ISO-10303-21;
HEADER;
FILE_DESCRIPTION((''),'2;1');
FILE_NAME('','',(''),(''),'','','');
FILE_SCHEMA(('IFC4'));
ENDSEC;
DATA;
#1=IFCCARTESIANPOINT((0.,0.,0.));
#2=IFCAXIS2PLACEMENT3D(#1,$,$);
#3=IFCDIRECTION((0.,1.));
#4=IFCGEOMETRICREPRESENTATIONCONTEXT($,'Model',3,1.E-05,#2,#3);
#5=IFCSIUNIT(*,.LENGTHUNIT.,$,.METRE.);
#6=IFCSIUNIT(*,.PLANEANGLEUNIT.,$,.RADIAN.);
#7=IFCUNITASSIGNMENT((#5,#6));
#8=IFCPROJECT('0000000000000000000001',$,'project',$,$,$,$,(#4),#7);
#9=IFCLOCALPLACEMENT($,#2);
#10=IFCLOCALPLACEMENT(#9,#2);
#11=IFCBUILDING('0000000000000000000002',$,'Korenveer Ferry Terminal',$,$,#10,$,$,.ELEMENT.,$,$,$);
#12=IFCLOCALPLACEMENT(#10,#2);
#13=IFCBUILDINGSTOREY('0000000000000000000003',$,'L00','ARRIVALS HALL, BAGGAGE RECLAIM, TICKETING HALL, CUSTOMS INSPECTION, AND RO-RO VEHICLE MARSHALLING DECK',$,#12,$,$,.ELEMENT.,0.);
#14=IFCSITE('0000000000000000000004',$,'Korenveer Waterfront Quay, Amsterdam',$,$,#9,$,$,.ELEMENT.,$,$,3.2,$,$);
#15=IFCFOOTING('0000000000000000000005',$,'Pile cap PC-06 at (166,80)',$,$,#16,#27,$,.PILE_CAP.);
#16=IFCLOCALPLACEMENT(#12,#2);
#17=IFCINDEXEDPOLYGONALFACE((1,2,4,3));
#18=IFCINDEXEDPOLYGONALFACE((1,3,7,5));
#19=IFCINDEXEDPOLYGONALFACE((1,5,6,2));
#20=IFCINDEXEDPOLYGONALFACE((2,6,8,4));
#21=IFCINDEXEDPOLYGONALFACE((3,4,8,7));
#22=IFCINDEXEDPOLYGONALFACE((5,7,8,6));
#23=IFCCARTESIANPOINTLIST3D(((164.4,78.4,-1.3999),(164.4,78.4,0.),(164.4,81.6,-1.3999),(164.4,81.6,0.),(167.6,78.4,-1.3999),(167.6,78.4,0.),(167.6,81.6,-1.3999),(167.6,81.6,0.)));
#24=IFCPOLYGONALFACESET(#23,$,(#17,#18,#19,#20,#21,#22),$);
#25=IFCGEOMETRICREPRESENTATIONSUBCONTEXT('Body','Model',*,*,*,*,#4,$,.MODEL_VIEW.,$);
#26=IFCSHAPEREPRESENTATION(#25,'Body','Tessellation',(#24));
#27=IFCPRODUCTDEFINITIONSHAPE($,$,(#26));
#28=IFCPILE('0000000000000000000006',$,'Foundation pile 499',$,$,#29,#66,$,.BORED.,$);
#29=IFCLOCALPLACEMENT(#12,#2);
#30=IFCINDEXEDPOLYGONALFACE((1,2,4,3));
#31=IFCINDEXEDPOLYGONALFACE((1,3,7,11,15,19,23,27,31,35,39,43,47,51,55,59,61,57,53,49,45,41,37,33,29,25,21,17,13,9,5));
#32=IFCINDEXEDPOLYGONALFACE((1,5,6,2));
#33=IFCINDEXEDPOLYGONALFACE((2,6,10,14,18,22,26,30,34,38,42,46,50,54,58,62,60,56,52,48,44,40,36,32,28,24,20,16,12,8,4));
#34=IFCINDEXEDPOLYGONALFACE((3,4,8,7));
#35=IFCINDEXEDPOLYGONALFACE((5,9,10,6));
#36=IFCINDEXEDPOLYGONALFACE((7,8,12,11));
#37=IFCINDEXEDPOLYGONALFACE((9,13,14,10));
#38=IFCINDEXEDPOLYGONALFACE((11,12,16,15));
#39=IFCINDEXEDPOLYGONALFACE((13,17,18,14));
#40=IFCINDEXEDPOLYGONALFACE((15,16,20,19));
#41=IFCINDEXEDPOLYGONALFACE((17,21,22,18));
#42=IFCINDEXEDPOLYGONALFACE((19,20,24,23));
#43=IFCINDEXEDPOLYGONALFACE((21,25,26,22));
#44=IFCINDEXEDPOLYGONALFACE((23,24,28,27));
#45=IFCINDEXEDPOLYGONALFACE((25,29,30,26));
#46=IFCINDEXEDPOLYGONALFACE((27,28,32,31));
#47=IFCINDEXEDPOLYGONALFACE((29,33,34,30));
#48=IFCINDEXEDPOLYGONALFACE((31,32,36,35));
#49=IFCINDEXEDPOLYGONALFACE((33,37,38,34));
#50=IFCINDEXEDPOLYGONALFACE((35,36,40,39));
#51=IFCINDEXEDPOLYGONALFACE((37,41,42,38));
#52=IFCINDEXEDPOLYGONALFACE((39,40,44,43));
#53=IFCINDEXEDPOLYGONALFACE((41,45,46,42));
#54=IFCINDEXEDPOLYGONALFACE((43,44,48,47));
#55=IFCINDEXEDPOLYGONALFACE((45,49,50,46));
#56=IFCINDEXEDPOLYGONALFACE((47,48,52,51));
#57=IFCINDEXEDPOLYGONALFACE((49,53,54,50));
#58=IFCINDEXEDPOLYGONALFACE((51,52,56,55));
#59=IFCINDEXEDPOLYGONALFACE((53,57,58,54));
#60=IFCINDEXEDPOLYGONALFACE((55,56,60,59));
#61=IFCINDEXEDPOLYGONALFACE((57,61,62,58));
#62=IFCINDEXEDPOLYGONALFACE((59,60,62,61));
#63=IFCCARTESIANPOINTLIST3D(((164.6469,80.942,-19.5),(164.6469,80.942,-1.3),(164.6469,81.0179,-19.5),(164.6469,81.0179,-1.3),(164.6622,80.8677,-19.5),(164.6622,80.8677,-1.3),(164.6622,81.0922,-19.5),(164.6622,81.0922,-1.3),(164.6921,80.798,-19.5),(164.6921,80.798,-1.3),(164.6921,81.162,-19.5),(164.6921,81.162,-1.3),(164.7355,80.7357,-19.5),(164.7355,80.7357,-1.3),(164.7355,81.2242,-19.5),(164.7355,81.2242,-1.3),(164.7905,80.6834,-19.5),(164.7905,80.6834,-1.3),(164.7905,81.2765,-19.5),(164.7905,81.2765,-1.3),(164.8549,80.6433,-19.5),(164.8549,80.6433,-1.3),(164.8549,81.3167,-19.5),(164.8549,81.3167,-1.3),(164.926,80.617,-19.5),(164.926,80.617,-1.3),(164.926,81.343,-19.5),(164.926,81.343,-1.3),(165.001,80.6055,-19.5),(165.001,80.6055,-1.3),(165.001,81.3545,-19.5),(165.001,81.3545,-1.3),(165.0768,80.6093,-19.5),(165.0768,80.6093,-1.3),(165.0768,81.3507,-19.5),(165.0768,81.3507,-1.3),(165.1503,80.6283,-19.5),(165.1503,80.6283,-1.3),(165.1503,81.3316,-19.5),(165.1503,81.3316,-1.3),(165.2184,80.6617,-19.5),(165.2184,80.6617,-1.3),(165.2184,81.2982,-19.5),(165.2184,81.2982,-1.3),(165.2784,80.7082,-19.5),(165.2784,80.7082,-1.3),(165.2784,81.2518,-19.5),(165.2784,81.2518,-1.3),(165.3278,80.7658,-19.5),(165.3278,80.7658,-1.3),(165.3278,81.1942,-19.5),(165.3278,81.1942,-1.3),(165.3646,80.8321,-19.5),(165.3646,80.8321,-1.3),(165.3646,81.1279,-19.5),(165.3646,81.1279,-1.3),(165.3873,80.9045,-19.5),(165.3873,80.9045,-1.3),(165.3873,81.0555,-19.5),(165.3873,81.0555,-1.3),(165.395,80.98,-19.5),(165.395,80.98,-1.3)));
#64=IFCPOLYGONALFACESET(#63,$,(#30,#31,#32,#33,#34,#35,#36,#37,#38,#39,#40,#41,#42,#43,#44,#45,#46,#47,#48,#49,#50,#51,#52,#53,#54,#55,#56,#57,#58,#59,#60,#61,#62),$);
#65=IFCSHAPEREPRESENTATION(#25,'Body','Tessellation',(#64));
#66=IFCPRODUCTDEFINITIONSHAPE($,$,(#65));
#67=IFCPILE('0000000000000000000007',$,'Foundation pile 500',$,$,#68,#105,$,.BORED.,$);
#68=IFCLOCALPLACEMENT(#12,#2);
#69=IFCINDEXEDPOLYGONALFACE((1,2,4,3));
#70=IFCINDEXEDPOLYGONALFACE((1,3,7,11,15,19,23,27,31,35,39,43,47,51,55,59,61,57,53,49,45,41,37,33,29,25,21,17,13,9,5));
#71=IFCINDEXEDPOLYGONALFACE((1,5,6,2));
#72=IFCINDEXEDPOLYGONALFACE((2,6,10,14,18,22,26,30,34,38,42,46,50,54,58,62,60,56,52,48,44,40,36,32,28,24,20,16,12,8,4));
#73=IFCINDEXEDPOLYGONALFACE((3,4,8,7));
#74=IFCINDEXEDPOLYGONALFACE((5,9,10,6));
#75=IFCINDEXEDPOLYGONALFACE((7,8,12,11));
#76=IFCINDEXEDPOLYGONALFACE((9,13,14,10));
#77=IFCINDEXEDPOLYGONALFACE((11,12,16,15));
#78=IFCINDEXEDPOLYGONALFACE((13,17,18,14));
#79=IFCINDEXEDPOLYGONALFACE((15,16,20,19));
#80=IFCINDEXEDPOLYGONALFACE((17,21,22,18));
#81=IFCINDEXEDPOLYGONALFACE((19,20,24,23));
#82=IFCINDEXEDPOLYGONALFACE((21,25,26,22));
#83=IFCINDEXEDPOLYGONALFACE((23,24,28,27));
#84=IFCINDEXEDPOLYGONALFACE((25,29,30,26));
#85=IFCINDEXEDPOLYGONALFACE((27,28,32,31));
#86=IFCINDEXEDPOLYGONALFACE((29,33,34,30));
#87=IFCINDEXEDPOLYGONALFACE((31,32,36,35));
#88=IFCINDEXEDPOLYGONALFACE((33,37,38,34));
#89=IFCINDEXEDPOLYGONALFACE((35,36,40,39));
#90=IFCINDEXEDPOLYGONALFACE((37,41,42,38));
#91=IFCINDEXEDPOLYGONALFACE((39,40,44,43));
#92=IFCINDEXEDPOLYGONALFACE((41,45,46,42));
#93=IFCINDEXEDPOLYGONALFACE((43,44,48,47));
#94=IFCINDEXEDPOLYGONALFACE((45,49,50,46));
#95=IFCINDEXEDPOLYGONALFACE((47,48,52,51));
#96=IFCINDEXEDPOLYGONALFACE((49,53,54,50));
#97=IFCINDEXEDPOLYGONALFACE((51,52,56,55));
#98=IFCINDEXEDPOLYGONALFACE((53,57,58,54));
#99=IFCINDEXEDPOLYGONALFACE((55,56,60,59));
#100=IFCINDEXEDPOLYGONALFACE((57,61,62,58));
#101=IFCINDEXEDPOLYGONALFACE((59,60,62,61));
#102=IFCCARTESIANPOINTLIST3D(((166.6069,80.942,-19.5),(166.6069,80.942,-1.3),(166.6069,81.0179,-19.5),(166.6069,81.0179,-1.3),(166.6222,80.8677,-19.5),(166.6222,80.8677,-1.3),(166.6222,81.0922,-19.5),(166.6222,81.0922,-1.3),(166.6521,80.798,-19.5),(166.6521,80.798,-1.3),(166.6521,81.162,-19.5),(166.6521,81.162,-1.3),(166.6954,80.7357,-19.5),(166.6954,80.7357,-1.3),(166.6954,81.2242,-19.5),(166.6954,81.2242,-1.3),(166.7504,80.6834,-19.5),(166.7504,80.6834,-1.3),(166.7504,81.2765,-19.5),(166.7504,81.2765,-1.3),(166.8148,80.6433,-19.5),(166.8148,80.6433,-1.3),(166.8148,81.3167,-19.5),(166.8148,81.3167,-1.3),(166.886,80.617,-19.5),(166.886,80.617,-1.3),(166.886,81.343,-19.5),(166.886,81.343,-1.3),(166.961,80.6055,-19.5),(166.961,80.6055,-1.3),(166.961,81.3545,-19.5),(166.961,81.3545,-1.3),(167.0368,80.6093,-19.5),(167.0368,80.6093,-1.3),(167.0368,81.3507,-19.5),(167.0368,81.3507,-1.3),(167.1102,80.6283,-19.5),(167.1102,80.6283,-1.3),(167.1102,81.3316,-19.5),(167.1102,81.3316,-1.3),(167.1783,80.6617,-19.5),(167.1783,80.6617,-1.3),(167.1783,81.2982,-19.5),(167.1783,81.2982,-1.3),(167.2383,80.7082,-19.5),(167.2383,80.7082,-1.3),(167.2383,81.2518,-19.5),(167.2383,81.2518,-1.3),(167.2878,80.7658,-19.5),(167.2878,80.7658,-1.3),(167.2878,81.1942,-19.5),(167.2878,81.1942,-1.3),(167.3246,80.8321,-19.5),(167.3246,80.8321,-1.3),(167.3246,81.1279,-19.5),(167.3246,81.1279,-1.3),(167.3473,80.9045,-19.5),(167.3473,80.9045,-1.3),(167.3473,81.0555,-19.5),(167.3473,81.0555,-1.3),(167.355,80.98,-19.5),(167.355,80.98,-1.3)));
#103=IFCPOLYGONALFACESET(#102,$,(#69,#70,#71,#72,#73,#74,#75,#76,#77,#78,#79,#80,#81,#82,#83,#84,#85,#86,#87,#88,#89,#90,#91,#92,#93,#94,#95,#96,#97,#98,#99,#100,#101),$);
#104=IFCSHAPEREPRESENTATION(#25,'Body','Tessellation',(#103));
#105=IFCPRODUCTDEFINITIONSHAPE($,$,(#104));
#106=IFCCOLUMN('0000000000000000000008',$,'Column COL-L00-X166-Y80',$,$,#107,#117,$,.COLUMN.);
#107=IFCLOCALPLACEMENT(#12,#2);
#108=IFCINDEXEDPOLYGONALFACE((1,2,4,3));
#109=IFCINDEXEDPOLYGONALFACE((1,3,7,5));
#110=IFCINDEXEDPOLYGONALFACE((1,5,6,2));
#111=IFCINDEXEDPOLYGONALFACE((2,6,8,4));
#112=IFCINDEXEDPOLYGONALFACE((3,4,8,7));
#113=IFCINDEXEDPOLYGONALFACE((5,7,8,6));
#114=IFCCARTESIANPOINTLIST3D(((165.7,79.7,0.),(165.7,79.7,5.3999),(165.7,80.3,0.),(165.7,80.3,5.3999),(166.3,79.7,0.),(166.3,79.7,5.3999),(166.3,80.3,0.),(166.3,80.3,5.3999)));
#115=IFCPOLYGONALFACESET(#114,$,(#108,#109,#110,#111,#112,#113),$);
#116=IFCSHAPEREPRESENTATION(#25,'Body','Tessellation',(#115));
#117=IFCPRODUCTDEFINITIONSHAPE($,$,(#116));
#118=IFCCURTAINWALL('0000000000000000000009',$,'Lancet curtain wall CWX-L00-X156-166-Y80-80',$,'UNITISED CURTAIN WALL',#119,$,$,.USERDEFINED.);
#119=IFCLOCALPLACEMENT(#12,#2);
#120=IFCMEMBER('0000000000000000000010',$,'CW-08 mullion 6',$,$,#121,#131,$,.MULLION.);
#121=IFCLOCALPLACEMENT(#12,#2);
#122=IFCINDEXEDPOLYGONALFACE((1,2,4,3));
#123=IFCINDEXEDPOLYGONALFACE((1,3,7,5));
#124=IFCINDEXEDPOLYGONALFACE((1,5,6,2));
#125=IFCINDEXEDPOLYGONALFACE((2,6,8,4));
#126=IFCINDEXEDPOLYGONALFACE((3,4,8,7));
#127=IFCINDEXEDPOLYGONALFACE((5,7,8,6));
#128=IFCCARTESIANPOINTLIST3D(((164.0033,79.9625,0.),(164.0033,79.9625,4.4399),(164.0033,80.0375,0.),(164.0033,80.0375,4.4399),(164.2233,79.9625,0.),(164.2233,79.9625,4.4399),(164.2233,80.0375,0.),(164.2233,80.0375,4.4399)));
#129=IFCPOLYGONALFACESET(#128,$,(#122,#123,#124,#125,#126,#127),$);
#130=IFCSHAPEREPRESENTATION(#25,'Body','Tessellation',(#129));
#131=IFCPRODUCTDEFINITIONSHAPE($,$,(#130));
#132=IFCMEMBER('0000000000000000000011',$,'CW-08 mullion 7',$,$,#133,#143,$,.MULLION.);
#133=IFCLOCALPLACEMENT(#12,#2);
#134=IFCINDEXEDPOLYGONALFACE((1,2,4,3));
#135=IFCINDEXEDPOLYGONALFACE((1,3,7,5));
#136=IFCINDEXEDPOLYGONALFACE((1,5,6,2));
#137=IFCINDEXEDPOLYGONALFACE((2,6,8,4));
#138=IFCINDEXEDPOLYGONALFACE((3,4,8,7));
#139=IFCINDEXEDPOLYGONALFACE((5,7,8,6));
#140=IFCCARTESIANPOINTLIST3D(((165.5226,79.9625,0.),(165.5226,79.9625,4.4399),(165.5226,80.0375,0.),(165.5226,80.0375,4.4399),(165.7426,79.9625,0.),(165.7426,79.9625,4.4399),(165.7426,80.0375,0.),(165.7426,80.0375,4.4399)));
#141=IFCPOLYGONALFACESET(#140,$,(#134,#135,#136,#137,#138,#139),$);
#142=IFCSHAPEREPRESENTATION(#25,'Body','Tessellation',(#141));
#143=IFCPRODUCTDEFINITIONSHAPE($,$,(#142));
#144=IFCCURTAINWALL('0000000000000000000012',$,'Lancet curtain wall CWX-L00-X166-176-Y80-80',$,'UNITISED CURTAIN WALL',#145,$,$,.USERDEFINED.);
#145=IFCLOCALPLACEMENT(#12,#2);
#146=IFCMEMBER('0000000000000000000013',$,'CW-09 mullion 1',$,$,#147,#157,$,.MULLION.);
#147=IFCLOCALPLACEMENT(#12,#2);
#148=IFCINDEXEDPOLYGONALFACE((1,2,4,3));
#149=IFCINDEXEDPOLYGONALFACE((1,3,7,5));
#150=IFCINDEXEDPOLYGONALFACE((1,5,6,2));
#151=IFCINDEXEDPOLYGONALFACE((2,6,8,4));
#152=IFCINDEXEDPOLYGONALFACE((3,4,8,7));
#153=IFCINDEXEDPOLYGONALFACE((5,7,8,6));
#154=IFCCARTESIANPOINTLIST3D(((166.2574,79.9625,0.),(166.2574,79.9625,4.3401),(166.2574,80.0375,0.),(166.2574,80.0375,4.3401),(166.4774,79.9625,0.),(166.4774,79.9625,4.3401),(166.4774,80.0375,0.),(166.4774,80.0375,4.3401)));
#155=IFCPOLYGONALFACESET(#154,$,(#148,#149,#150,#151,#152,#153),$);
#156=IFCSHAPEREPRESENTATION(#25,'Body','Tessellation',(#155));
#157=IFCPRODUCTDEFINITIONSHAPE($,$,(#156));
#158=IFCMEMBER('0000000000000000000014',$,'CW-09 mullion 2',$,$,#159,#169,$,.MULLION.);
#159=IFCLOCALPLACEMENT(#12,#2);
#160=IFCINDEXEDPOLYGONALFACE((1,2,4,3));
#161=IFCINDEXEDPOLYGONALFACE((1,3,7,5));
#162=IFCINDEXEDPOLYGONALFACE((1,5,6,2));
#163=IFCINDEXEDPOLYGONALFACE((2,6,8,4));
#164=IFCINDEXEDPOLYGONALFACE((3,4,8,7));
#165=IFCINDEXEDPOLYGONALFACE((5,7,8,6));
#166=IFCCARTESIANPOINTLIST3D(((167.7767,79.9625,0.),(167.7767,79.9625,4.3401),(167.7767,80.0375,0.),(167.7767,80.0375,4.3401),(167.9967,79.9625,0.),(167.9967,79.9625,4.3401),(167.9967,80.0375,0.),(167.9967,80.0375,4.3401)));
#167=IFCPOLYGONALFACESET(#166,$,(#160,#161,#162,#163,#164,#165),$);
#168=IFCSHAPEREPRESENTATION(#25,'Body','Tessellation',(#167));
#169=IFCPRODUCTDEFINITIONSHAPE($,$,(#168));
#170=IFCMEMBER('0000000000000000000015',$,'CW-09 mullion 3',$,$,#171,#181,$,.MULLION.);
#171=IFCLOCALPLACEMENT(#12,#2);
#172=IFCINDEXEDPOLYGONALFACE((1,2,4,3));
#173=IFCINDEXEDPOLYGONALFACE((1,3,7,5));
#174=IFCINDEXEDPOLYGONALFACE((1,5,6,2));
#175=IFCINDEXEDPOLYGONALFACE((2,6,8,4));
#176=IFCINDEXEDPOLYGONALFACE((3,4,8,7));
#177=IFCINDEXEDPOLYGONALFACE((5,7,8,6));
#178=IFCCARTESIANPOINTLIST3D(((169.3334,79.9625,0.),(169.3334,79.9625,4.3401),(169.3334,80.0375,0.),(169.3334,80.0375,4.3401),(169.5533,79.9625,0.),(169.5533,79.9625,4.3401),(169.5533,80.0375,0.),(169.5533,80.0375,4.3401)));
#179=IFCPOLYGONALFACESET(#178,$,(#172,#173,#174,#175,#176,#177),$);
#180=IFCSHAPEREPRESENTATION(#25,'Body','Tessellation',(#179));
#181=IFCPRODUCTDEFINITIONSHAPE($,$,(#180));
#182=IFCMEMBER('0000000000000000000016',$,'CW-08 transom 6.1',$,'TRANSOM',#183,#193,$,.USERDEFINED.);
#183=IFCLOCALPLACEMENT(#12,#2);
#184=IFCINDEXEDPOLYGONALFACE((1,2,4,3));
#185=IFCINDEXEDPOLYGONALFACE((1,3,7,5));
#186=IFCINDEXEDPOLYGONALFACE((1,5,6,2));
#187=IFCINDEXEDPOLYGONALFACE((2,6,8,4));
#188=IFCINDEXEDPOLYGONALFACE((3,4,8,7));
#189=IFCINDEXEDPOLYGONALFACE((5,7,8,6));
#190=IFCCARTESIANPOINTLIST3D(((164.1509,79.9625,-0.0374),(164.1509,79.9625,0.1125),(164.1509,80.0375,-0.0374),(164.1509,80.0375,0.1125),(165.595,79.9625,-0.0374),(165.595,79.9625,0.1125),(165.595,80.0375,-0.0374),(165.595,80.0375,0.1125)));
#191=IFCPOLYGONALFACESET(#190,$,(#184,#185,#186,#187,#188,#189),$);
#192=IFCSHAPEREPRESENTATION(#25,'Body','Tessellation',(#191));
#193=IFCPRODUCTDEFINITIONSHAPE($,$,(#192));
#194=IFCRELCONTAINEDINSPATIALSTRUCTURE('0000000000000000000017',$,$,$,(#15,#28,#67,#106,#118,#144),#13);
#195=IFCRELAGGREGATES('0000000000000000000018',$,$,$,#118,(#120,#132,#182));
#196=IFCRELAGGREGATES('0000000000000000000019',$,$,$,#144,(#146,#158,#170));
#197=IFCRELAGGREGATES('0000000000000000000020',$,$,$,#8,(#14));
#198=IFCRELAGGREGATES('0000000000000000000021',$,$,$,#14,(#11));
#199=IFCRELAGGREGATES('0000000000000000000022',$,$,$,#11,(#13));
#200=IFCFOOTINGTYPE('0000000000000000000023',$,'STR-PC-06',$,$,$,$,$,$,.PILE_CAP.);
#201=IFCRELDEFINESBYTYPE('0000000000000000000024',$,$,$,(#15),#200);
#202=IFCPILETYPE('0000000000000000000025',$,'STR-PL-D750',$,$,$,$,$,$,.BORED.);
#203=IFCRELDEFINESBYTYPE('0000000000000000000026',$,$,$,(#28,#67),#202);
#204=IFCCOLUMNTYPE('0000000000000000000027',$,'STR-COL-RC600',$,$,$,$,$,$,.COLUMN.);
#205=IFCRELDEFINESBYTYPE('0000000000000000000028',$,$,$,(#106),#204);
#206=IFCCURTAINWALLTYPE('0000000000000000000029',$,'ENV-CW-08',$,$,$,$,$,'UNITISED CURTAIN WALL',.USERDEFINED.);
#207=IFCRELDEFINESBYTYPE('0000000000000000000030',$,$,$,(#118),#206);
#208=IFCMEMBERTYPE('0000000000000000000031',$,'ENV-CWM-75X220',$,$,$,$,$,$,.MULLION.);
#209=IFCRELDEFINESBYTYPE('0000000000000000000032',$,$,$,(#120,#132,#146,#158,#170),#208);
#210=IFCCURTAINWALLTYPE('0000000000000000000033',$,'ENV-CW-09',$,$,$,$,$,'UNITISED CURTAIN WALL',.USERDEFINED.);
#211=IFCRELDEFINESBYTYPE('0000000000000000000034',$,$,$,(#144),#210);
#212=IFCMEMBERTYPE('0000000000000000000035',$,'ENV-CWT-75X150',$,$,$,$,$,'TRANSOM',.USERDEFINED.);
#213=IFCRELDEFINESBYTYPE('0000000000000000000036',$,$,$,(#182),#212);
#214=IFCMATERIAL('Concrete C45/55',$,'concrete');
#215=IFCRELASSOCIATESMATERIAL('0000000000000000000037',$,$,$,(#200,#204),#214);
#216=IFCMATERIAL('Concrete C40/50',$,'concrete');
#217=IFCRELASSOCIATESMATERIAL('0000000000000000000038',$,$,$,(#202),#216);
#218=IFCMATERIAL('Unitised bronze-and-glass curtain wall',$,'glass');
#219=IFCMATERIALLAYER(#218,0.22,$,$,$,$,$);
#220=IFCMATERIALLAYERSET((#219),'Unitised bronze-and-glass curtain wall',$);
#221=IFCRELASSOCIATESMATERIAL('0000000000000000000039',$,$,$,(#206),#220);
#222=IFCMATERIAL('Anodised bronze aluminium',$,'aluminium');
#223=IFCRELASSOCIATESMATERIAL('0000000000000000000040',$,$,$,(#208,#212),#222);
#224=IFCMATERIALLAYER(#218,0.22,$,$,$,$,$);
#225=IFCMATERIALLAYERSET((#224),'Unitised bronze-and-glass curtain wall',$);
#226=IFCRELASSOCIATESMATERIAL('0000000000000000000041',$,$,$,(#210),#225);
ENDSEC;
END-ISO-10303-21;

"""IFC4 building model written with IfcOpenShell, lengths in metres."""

from ifc_helpers import new_model, si_unit, direction, frame, origin, origin_2d, place, context, subcontext, project, spatial, rectangle, circle, extrude, material, layer, layer_set, material_profile, profile_set, type_object, element, aggregate, save


model = new_model("IFC4")

# Units and contexts
model_context = context("Model", 3, precision=1e-05, world=origin(), true_north=direction((0.0, 1.0)))
body_context = subcontext(model_context, "Body", "Model", "MODEL_VIEW")
ifc_project = project(units=[si_unit("LENGTHUNIT", "METRE"), si_unit("PLANEANGLEUNIT", "RADIAN")], contexts=[model_context])

# Site, building, storey
site_placement = place(None, origin())
site = spatial("IfcSite", under=ifc_project, at=site_placement, Name="Korenveer Waterfront Quay, Amsterdam", CompositionType="ELEMENT", RefElevation=3.2)
building_placement = place(site_placement, origin())
building = spatial("IfcBuilding", under=site, at=building_placement, Name="Korenveer Ferry Terminal", CompositionType="ELEMENT")
storey_placement = place(building_placement, origin())
storey = spatial("IfcBuildingStorey", under=building, at=storey_placement, Name="L00", Description="ARRIVALS HALL, BAGGAGE RECLAIM, TICKETING HALL, CUSTOMS INSPECTION, AND RO-RO VEHICLE MARSHALLING DECK", CompositionType="ELEMENT", Elevation=0.0)

# Footing
ifc_material_1 = material(Name="Concrete C45/55", Category="concrete")
footing_type = type_object("IfcFootingType", Name="STR-PC-06", PredefinedType="PILE_CAP", material=ifc_material_1)
footing_placement = place(storey_placement, frame((166.0, 80.0, -1.3999), z_axis=(0.0, 0.0, 1.0), x_axis=(1.0, 0.0, 0.0)))
element("IfcFooting", 1, at=footing_placement, inside=storey, type_object=footing_type, Name="Pile cap PC-06 at (166,80)", PredefinedType="PILE_CAP", context=body_context, shape_type="SweptSolid", body=[
    extrude(rectangle(XDim=3.2, YDim=3.2, at=origin_2d()), origin(), (0.0, 0.0, 1.0), 1.3999),
])

# Piles
ifc_material_2 = material(Name="Concrete C40/50", Category="concrete")
ifc_material_profile_1 = material_profile(ifc_material_2, circle(Radius=0.375, at=origin_2d()), Name="PILE D750")
ifc_profile_set_1 = profile_set([ifc_material_profile_1], Name="Concrete C40/50")
pile_type = type_object("IfcPileType", Name="STR-PL-D750", PredefinedType="BORED", material=ifc_profile_set_1)
for number, where, z_axis, x_axis, name in (
    (2, (165.02, 80.98, -1.3), (0.0, 0.0, -1.0), (1.0, 0.0, 0.0), "Foundation pile 499"),
    (3, (166.98, 80.98, -1.3), (0.0, 0.0, -1.0), (1.0, 0.0, 0.0), "Foundation pile 500"),
):
    element("IfcPile", number, at=place(storey_placement, frame(where, z_axis=z_axis, x_axis=x_axis)), inside=storey, type_object=pile_type, Name=name, PredefinedType="BORED", context=body_context, shape_type="SweptSolid", body=[
        extrude(circle(Radius=0.375, at=origin_2d()), origin(), (0.0, 0.0, 1.0), 18.2),
    ])

# Column
ifc_material_profile_2 = material_profile(ifc_material_1, rectangle(XDim=0.6001, YDim=0.6001, at=origin_2d()), Name="RC 600x600")
ifc_profile_set_2 = profile_set([ifc_material_profile_2], Name="Concrete C45/55")
column_type = type_object("IfcColumnType", Name="STR-COL-RC600", PredefinedType="COLUMN", material=ifc_profile_set_2)
column_placement = place(storey_placement, frame((166.0, 80.0, 0.0), z_axis=(0.0, 0.0, 1.0), x_axis=(1.0, 0.0, 0.0)))
element("IfcColumn", 4, at=column_placement, inside=storey, type_object=column_type, Name="Column COL-L00-X166-Y80", PredefinedType="COLUMN", context=body_context, shape_type="SweptSolid", body=[
    extrude(rectangle(XDim=0.6001, YDim=0.6001, at=origin_2d()), origin(), (0.0, 0.0, 1.0), 5.3999),
])

# Curtain walls, members
ifc_material_3 = material(Name="Unitised bronze-and-glass curtain wall", Category="glass")
ifc_layer_1 = layer(ifc_material_3, 0.22)
ifc_layer_set_1 = layer_set([ifc_layer_1], Name="Unitised bronze-and-glass curtain wall")
curtain_wall_type_1 = type_object("IfcCurtainWallType", Name="ENV-CW-08", ElementType="UNITISED CURTAIN WALL", PredefinedType="USERDEFINED", material=ifc_layer_set_1)
curtain_wall_1_placement = place(storey_placement, frame((156.3301, 80.0, 0.0)))
curtain_wall_1 = element("IfcCurtainWall", 5, at=curtain_wall_1_placement, inside=storey, type_object=curtain_wall_type_1, Name="Lancet curtain wall CWX-L00-X156-166-Y80-80", ObjectType="UNITISED CURTAIN WALL", PredefinedType="USERDEFINED")
ifc_material_4 = material(Name="Anodised bronze aluminium", Category="aluminium")
ifc_material_profile_3 = material_profile(ifc_material_4, rectangle(XDim=0.075, YDim=0.22, at=origin_2d()), Name="ALU 75x220")
ifc_profile_set_3 = profile_set([ifc_material_profile_3], Name="Anodised bronze aluminium")
member_type_1 = type_object("IfcMemberType", Name="ENV-CWM-75X220", PredefinedType="MULLION", material=ifc_profile_set_3)
member_1_placement = place(storey_placement, frame((164.1133, 80.0, 0.0), z_axis=(0.0, 0.0, 1.0), x_axis=(0.0, 1.0, 0.0)))
member_1 = element("IfcMember", 6, at=member_1_placement, type_object=member_type_1, Name="CW-08 mullion 6", PredefinedType="MULLION", context=body_context, shape_type="SweptSolid", body=[
    extrude(rectangle(XDim=0.075, YDim=0.22, at=origin_2d()), origin(), (0.0, 0.0, 1.0), 4.4399),
])
member_2_placement = place(storey_placement, frame((165.6326, 80.0, 0.0), z_axis=(0.0, 0.0, 1.0), x_axis=(0.0, 1.0, 0.0)))
member_2 = element("IfcMember", 7, at=member_2_placement, type_object=member_type_1, Name="CW-08 mullion 7", PredefinedType="MULLION", context=body_context, shape_type="SweptSolid", body=[
    extrude(rectangle(XDim=0.075, YDim=0.22, at=origin_2d()), origin(), (0.0, 0.0, 1.0), 4.4399),
])
ifc_layer_2 = layer(ifc_material_3, 0.22)
ifc_layer_set_2 = layer_set([ifc_layer_2], Name="Unitised bronze-and-glass curtain wall")
curtain_wall_type_2 = type_object("IfcCurtainWallType", Name="ENV-CW-09", ElementType="UNITISED CURTAIN WALL", PredefinedType="USERDEFINED", material=ifc_layer_set_2)
curtain_wall_2_placement = place(storey_placement, frame((166.3301, 80.0, 0.0)))
curtain_wall_2 = element("IfcCurtainWall", 8, at=curtain_wall_2_placement, inside=storey, type_object=curtain_wall_type_2, Name="Lancet curtain wall CWX-L00-X166-176-Y80-80", ObjectType="UNITISED CURTAIN WALL", PredefinedType="USERDEFINED")
member_3_placement = place(storey_placement, frame((166.3674, 80.0, 0.0), z_axis=(0.0, 0.0, 1.0), x_axis=(0.0, 1.0, 0.0)))
member_3 = element("IfcMember", 9, at=member_3_placement, type_object=member_type_1, Name="CW-09 mullion 1", PredefinedType="MULLION", context=body_context, shape_type="SweptSolid", body=[
    extrude(rectangle(XDim=0.075, YDim=0.22, at=origin_2d()), origin(), (0.0, 0.0, 1.0), 4.3401),
])
member_4_placement = place(storey_placement, frame((167.8867, 80.0, 0.0), z_axis=(0.0, 0.0, 1.0), x_axis=(0.0, 1.0, 0.0)))
member_4 = element("IfcMember", 10, at=member_4_placement, type_object=member_type_1, Name="CW-09 mullion 2", PredefinedType="MULLION", context=body_context, shape_type="SweptSolid", body=[
    extrude(rectangle(XDim=0.075, YDim=0.22, at=origin_2d()), origin(), (0.0, 0.0, 1.0), 4.3401),
])
member_5_placement = place(storey_placement, frame((169.4434, 80.0, 0.0), z_axis=(0.0, 0.0, 1.0), x_axis=(0.0, 1.0, 0.0)))
member_5 = element("IfcMember", 11, at=member_5_placement, type_object=member_type_1, Name="CW-09 mullion 3", PredefinedType="MULLION", context=body_context, shape_type="SweptSolid", body=[
    extrude(rectangle(XDim=0.075, YDim=0.22, at=origin_2d()), origin(), (0.0, 0.0, 1.0), 4.3401),
])

# Member
ifc_material_profile_4 = material_profile(ifc_material_4, rectangle(XDim=0.075, YDim=0.1499, at=origin_2d()), Name="ALU 75x150")
ifc_profile_set_4 = profile_set([ifc_material_profile_4], Name="Anodised bronze aluminium")
member_type_2 = type_object("IfcMemberType", Name="ENV-CWT-75X150", ElementType="TRANSOM", PredefinedType="USERDEFINED", material=ifc_profile_set_4)
member_6_placement = place(storey_placement, frame((164.1509, 80.0, 0.0376), z_axis=(1.0, 0.0, 0.0), x_axis=(0.0, 1.0, 0.0)))
member_6 = element("IfcMember", 12, at=member_6_placement, type_object=member_type_2, Name="CW-08 transom 6.1", ObjectType="TRANSOM", PredefinedType="USERDEFINED", context=body_context, shape_type="SweptSolid", body=[
    extrude(rectangle(XDim=0.075, YDim=0.1499, at=origin_2d()), origin(), (0.0, 0.0, 1.0), 1.4441),
])

aggregate(curtain_wall_1, [member_1, member_2, member_6])
aggregate(curtain_wall_2, [member_3, member_4, member_5])

save(model, "model.ifc")
